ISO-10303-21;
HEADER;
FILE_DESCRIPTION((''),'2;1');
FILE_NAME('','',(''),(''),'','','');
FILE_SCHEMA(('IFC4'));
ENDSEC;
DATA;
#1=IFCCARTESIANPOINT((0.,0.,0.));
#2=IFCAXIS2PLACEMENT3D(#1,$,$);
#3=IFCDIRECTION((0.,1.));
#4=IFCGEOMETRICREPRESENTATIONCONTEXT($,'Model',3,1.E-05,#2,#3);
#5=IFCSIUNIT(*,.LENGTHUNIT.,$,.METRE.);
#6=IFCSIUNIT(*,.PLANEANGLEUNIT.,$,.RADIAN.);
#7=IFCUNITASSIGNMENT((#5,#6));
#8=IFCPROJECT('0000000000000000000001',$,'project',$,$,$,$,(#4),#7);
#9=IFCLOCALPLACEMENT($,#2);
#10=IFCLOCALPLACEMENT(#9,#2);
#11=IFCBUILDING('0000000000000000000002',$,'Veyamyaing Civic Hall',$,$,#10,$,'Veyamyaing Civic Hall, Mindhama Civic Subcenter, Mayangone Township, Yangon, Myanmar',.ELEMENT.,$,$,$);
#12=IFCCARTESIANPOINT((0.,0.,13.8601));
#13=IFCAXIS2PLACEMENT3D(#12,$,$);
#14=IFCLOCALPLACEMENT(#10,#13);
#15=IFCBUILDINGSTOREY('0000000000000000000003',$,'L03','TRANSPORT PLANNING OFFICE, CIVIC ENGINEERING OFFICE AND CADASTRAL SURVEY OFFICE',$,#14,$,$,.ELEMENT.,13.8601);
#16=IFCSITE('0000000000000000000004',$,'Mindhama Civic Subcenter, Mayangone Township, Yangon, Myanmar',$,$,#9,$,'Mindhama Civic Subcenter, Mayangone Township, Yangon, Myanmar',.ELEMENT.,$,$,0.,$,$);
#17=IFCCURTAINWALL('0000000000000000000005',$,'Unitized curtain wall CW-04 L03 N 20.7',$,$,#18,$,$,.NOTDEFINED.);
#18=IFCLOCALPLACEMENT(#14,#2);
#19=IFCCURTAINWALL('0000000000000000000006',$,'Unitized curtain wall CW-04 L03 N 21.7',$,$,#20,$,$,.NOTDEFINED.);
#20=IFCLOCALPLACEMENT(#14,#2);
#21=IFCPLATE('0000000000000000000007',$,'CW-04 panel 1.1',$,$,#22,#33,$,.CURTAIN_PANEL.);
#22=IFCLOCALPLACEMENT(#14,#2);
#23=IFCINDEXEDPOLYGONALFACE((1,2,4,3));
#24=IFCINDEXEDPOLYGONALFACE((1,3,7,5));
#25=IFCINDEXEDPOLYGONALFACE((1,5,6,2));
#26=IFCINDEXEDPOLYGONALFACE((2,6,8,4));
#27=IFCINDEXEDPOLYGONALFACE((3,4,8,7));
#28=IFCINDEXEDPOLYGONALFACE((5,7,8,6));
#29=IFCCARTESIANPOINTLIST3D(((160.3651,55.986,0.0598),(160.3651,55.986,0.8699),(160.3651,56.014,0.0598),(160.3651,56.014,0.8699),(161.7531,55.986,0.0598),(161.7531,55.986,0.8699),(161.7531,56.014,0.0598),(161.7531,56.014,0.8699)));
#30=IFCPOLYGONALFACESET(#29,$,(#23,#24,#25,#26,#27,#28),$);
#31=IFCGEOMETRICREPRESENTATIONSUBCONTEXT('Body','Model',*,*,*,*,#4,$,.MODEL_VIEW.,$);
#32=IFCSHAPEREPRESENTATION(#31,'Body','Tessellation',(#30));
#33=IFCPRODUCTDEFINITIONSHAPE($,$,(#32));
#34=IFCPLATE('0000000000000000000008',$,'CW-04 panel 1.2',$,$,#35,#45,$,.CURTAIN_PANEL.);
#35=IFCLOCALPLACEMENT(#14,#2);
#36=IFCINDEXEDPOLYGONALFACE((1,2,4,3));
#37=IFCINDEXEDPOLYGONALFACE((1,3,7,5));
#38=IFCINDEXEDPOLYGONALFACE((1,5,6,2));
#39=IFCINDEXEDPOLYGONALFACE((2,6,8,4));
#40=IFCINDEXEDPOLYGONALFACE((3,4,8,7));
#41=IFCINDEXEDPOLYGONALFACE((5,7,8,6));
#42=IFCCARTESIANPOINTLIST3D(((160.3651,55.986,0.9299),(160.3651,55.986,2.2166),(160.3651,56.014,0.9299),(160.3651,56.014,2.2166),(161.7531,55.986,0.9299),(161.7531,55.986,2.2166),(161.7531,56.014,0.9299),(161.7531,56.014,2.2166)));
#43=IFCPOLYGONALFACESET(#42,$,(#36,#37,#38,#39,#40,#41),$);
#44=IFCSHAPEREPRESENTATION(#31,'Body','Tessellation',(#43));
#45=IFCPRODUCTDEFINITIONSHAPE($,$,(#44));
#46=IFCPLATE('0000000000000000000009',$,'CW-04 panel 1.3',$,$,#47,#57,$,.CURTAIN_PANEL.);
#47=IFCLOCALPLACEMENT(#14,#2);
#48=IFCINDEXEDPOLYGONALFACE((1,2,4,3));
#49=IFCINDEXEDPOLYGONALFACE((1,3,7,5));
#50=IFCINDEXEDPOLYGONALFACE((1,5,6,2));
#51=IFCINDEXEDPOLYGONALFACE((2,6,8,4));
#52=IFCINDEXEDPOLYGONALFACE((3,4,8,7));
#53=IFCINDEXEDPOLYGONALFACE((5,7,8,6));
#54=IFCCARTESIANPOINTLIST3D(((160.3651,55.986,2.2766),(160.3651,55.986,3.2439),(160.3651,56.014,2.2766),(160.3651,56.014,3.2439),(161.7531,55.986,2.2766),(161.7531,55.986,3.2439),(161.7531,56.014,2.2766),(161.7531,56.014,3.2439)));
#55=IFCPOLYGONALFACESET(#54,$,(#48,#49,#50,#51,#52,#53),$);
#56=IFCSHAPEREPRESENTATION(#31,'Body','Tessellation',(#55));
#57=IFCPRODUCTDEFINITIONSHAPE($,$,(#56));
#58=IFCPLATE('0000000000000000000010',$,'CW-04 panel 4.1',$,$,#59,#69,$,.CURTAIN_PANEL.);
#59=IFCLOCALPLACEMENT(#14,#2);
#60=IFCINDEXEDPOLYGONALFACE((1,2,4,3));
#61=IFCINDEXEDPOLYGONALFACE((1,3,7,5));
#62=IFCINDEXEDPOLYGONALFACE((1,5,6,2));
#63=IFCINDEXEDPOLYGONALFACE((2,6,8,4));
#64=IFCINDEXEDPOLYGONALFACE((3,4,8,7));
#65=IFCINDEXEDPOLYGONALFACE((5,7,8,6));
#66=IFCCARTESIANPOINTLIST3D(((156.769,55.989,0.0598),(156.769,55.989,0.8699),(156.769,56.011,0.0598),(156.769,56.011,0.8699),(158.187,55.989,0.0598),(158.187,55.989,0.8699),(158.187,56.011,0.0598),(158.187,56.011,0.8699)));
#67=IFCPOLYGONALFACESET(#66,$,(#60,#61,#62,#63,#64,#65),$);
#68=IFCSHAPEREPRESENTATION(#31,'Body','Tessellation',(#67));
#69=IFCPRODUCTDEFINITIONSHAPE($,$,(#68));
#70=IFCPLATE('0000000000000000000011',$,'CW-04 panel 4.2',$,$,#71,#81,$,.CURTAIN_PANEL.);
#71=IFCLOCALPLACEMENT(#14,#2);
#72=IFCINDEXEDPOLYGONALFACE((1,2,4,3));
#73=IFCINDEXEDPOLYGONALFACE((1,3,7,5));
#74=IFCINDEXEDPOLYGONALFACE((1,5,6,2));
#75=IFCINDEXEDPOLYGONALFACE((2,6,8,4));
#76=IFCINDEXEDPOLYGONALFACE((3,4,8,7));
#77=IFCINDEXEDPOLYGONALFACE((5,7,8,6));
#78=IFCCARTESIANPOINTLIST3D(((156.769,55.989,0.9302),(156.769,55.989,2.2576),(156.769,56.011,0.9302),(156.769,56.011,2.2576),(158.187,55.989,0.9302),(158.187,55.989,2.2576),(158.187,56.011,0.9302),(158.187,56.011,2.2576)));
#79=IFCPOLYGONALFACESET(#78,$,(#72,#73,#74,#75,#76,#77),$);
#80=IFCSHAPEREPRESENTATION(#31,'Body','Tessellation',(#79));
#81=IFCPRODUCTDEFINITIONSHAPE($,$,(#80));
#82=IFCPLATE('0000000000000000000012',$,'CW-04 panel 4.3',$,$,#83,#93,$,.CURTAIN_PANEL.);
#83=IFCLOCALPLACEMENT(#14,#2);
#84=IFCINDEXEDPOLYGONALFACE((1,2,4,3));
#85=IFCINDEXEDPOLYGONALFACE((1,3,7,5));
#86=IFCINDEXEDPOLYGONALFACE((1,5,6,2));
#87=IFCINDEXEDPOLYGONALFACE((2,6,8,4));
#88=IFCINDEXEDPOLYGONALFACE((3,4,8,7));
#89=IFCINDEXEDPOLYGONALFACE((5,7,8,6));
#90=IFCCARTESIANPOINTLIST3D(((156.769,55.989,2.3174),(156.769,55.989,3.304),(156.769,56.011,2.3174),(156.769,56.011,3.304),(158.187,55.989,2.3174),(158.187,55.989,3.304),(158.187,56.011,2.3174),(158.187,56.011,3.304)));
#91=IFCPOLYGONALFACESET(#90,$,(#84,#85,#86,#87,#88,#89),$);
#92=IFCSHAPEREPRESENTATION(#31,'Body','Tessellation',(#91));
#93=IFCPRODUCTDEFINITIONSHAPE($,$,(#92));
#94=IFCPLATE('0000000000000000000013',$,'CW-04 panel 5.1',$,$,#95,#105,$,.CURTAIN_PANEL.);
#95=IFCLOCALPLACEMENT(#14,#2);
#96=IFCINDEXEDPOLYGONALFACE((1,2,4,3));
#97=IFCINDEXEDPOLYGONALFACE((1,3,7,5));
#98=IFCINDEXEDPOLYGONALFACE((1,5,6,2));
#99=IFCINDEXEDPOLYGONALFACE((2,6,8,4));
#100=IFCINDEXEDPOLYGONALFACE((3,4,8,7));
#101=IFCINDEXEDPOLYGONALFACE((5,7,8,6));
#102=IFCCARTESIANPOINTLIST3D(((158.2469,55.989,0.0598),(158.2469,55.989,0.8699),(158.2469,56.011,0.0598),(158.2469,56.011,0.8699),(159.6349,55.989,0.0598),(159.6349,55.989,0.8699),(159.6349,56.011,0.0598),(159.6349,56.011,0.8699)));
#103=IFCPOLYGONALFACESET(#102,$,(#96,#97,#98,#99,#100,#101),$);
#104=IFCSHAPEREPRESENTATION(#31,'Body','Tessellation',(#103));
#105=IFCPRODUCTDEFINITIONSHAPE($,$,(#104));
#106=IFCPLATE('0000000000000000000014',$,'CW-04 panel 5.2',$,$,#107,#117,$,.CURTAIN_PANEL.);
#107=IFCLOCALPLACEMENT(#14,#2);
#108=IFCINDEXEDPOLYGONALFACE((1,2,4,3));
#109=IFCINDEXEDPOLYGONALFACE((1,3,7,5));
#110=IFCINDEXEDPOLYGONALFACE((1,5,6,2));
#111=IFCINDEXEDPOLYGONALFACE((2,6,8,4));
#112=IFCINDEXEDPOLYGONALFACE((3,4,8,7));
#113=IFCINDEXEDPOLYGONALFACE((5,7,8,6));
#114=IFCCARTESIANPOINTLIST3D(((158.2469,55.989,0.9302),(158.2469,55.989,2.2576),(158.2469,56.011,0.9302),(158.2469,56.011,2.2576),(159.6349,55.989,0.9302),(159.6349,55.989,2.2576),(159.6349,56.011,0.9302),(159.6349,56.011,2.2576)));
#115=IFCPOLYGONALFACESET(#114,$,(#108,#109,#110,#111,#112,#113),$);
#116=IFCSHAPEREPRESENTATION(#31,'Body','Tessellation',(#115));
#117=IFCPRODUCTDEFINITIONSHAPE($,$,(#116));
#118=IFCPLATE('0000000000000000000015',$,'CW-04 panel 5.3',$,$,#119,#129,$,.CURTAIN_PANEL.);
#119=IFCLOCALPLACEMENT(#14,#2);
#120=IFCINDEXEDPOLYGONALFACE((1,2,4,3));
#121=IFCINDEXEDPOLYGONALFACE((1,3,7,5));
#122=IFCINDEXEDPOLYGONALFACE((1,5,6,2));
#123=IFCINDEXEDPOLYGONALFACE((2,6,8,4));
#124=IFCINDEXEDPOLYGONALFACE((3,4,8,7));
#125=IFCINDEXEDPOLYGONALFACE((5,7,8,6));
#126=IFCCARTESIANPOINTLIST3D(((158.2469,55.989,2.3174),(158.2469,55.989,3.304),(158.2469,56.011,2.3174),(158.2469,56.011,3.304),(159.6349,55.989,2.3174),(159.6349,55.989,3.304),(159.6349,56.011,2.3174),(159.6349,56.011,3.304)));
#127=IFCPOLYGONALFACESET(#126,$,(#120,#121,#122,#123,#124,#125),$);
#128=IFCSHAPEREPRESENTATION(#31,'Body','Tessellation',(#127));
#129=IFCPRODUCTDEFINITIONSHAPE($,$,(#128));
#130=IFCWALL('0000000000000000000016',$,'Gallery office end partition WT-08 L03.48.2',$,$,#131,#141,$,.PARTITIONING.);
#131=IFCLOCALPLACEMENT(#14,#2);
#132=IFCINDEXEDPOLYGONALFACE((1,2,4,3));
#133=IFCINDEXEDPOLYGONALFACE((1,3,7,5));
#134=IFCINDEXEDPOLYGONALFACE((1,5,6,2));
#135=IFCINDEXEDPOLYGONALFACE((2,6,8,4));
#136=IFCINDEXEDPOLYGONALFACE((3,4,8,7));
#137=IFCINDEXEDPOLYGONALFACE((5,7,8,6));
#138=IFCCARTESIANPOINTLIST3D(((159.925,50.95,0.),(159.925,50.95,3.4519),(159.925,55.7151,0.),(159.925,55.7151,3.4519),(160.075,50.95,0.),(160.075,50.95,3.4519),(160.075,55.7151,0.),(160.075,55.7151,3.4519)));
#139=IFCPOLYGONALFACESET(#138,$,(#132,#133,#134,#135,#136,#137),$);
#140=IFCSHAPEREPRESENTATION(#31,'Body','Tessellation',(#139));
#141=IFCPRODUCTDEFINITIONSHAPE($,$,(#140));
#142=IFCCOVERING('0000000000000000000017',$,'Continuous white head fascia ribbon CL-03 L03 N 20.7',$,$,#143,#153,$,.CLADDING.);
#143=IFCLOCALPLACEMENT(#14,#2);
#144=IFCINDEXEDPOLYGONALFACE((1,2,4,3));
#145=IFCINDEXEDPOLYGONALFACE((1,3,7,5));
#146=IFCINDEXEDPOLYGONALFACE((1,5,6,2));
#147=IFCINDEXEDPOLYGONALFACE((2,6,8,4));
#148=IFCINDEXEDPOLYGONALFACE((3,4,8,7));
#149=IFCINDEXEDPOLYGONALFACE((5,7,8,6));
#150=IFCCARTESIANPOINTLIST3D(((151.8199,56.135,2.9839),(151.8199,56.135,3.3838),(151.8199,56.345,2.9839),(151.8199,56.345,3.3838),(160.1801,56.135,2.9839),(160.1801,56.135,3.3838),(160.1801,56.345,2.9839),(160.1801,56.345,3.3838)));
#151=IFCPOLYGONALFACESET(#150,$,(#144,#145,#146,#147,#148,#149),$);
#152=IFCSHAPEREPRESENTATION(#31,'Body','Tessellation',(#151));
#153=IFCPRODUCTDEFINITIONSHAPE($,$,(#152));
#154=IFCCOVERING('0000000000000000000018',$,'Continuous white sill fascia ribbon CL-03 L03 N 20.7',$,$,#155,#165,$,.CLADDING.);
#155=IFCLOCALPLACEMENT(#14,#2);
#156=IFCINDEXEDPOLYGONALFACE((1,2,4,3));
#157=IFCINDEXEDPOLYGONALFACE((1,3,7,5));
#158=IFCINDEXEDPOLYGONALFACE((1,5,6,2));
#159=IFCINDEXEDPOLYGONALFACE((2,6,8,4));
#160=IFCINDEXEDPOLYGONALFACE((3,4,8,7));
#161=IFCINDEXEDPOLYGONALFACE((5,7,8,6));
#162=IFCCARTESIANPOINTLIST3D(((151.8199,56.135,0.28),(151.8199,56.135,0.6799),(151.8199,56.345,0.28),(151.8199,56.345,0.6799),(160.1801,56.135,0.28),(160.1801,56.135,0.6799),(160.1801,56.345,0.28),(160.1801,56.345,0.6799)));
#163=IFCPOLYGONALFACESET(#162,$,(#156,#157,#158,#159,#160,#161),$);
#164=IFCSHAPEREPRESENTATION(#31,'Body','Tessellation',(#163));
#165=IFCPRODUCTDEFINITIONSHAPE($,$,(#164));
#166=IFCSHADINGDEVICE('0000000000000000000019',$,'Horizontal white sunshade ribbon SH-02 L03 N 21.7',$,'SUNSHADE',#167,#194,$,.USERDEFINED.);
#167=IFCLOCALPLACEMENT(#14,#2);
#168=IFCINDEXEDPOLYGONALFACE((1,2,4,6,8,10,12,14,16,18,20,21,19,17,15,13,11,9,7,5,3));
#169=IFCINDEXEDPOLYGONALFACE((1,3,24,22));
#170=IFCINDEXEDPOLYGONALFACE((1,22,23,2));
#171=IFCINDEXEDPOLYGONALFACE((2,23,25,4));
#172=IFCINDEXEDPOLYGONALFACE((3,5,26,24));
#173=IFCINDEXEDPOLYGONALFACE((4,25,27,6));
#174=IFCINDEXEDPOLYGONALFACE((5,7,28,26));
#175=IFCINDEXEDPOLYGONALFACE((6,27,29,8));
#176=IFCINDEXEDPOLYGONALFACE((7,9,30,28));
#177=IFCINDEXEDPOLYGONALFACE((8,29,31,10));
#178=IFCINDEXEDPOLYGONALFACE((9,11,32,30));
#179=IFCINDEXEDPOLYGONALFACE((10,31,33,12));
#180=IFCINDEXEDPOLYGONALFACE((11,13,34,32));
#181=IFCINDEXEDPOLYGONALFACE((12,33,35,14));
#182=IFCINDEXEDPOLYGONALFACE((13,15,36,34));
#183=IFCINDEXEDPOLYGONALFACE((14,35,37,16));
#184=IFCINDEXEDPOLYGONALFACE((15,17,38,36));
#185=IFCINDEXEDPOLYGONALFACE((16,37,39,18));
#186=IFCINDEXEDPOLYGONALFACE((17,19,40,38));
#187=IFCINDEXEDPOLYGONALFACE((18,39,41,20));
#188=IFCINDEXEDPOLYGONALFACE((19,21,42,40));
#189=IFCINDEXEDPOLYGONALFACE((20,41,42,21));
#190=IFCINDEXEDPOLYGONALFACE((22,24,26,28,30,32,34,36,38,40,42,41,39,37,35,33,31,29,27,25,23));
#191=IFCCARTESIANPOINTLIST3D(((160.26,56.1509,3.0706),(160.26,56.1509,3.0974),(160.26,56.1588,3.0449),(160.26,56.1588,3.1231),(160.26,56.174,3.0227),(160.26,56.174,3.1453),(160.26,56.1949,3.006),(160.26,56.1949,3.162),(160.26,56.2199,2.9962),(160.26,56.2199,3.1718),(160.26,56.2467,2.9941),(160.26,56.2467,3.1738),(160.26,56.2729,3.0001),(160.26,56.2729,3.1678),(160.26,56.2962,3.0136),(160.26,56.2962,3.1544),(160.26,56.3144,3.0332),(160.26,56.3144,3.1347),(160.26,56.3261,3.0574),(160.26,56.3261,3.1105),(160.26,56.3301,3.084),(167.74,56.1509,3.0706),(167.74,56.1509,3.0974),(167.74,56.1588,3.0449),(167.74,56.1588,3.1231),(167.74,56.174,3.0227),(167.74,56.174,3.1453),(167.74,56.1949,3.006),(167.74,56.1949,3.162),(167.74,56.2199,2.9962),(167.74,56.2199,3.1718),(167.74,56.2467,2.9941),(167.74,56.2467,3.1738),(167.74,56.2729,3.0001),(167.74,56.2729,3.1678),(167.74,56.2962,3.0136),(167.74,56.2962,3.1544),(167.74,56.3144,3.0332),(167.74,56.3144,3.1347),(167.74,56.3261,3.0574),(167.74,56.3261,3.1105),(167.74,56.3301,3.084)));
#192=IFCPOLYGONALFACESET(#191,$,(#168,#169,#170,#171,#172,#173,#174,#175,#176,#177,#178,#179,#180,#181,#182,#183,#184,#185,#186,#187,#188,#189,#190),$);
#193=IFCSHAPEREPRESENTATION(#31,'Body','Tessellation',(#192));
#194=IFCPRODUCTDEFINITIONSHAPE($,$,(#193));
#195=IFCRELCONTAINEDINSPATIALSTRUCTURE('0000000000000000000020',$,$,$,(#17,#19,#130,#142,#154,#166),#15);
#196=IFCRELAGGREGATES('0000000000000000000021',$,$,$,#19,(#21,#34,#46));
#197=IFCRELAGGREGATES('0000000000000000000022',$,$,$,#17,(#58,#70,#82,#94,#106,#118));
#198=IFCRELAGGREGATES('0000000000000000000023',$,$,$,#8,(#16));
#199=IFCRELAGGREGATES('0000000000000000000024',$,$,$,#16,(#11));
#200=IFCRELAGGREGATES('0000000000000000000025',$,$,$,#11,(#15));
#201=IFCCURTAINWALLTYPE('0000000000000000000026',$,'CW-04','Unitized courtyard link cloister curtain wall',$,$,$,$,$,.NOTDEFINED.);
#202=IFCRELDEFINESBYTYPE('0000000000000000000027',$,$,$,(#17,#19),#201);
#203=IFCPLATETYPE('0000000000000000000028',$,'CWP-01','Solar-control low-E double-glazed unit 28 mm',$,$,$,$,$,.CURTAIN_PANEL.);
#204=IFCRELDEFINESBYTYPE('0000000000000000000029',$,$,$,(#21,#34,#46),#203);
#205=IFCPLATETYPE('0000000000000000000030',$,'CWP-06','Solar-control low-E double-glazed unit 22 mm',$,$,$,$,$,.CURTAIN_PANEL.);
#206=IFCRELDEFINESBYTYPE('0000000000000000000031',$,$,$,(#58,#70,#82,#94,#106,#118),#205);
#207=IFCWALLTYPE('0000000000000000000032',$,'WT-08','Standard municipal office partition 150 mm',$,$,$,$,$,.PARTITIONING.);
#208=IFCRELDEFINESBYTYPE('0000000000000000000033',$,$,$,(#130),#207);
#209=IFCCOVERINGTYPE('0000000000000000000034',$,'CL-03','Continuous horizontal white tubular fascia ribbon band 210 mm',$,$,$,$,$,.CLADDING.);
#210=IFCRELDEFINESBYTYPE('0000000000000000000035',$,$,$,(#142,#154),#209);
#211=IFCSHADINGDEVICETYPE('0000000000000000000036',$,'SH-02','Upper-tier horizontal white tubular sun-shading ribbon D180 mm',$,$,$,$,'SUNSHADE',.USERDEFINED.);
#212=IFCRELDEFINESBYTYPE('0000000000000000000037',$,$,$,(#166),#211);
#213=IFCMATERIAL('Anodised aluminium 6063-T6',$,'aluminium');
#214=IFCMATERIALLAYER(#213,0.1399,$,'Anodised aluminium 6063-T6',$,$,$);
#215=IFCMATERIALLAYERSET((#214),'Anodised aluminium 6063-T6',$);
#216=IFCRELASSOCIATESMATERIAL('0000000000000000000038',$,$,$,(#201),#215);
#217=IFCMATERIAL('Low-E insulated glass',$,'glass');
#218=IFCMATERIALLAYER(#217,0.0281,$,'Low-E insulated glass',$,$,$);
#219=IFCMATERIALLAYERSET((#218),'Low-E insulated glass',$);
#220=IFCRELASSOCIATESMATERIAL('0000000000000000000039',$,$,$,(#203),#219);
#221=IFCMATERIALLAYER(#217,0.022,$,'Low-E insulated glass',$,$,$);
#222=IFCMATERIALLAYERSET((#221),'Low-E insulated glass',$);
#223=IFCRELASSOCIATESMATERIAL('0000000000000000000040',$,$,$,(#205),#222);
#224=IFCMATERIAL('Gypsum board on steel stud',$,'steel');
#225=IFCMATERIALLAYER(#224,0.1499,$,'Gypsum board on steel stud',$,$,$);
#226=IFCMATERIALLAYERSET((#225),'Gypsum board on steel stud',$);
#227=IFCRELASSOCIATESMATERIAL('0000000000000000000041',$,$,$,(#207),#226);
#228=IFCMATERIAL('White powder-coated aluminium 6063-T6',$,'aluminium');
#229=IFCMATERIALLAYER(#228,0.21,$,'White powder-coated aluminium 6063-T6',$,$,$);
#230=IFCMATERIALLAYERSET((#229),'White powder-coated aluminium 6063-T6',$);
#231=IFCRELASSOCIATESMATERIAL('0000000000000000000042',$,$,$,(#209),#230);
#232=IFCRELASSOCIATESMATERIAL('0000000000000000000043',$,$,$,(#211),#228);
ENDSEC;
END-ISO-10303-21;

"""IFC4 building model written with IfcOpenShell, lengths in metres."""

from ifc_helpers import new_model, si_unit, direction, frame, frame_2d, origin, origin_2d, place, context, subcontext, project, spatial, rectangle, circle, extrude, material, layer, layer_set, material_profile, profile_set, type_object, element, aggregate, save


model = new_model("IFC4")

# Units and contexts
model_context = context("Model", 3, precision=1e-05, world=origin(), true_north=direction((0.0, 1.0)))
body_context = subcontext(model_context, "Body", "Model", "MODEL_VIEW")
ifc_project = project(units=[si_unit("LENGTHUNIT", "METRE"), si_unit("PLANEANGLEUNIT", "RADIAN")], contexts=[model_context])

# Site, building, storey
site_placement = place(None, origin())
site = spatial("IfcSite", under=ifc_project, at=site_placement, Name="Mindhama Civic Subcenter, Mayangone Township, Yangon, Myanmar", LongName="Mindhama Civic Subcenter, Mayangone Township, Yangon, Myanmar", CompositionType="ELEMENT", RefElevation=0.0)
building_placement = place(site_placement, origin())
building = spatial("IfcBuilding", under=site, at=building_placement, Name="Veyamyaing Civic Hall", LongName="Veyamyaing Civic Hall, Mindhama Civic Subcenter, Mayangone Township, Yangon, Myanmar", CompositionType="ELEMENT")
storey_placement = place(building_placement, frame((0.0, 0.0, 13.8601)))
storey = spatial("IfcBuildingStorey", under=building, at=storey_placement, Name="L03", Description="TRANSPORT PLANNING OFFICE, CIVIC ENGINEERING OFFICE AND CADASTRAL SURVEY OFFICE", CompositionType="ELEMENT", Elevation=13.8601)

# Curtain walls
ifc_material_1 = material(Name="Anodised aluminium 6063-T6", Category="aluminium")
ifc_layer_1 = layer(ifc_material_1, 0.1399, Name="Anodised aluminium 6063-T6")
ifc_layer_set_1 = layer_set([ifc_layer_1], Name="Anodised aluminium 6063-T6")
curtain_wall_type = type_object("IfcCurtainWallType", Name="CW-04", Description="Unitized courtyard link cloister curtain wall", PredefinedType="NOTDEFINED", material=ifc_layer_set_1)
curtain_wall_1_placement = place(storey_placement, origin())
curtain_wall_1 = element("IfcCurtainWall", 1, at=curtain_wall_1_placement, inside=storey, type_object=curtain_wall_type, Name="Unitized curtain wall CW-04 L03 N 20.7", PredefinedType="NOTDEFINED")
curtain_wall_2_placement = place(storey_placement, origin())
curtain_wall_2 = element("IfcCurtainWall", 2, at=curtain_wall_2_placement, inside=storey, type_object=curtain_wall_type, Name="Unitized curtain wall CW-04 L03 N 21.7", PredefinedType="NOTDEFINED")

# Plates
ifc_material_2 = material(Name="Low-E insulated glass", Category="glass")
ifc_layer_2 = layer(ifc_material_2, 0.0281, Name="Low-E insulated glass")
ifc_layer_set_2 = layer_set([ifc_layer_2], Name="Low-E insulated glass")
plate_type_1 = type_object("IfcPlateType", Name="CWP-01", Description="Solar-control low-E double-glazed unit 28 mm", PredefinedType="CURTAIN_PANEL", material=ifc_layer_set_2)
plate_1_placement = place(storey_placement, frame((161.0591, 56.0, 0.0598), z_axis=(0.0, 0.0, 1.0), x_axis=(1.0, 0.0, 0.0)))
plate_1 = element("IfcPlate", 3, at=plate_1_placement, type_object=plate_type_1, Name="CW-04 panel 1.1", PredefinedType="CURTAIN_PANEL", context=body_context, shape_type="SweptSolid", body=[
    extrude(rectangle(XDim=1.3879, YDim=0.0281, at=origin_2d()), origin(), (0.0, 0.0, 1.0), 0.8101),
])
plate_2_placement = place(storey_placement, frame((161.0591, 56.0, 0.9299), z_axis=(0.0, 0.0, 1.0), x_axis=(1.0, 0.0, 0.0)))
plate_2 = element("IfcPlate", 4, at=plate_2_placement, type_object=plate_type_1, Name="CW-04 panel 1.2", PredefinedType="CURTAIN_PANEL", context=body_context, shape_type="SweptSolid", body=[
    extrude(rectangle(XDim=1.3879, YDim=0.0281, at=origin_2d()), origin(), (0.0, 0.0, 1.0), 1.2866),
])
plate_3_placement = place(storey_placement, frame((161.0591, 56.0, 2.2766), z_axis=(0.0, 0.0, 1.0), x_axis=(1.0, 0.0, 0.0)))
plate_3 = element("IfcPlate", 5, at=plate_3_placement, type_object=plate_type_1, Name="CW-04 panel 1.3", PredefinedType="CURTAIN_PANEL", context=body_context, shape_type="SweptSolid", body=[
    extrude(rectangle(XDim=1.3879, YDim=0.0281, at=origin_2d()), origin(), (0.0, 0.0, 1.0), 0.9673),
])
aggregate(curtain_wall_2, [plate_1, plate_2, plate_3])
ifc_layer_3 = layer(ifc_material_2, 0.022, Name="Low-E insulated glass")
ifc_layer_set_3 = layer_set([ifc_layer_3], Name="Low-E insulated glass")
plate_type_2 = type_object("IfcPlateType", Name="CWP-06", Description="Solar-control low-E double-glazed unit 22 mm", PredefinedType="CURTAIN_PANEL", material=ifc_layer_set_3)
plate_4_placement = place(storey_placement, frame((157.478, 56.0, 0.0598), z_axis=(0.0, 0.0, 1.0), x_axis=(1.0, 0.0, 0.0)))
plate_4 = element("IfcPlate", 6, at=plate_4_placement, type_object=plate_type_2, Name="CW-04 panel 4.1", PredefinedType="CURTAIN_PANEL", context=body_context, shape_type="SweptSolid", body=[
    extrude(rectangle(XDim=1.418, YDim=0.022, at=origin_2d()), origin(), (0.0, 0.0, 1.0), 0.8101),
])
plate_5_placement = place(storey_placement, frame((157.478, 56.0, 0.9302), z_axis=(0.0, 0.0, 1.0), x_axis=(1.0, 0.0, 0.0)))
plate_5 = element("IfcPlate", 7, at=plate_5_placement, type_object=plate_type_2, Name="CW-04 panel 4.2", PredefinedType="CURTAIN_PANEL", context=body_context, shape_type="SweptSolid", body=[
    extrude(rectangle(XDim=1.418, YDim=0.022, at=origin_2d()), origin(), (0.0, 0.0, 1.0), 1.3274),
])
plate_6_placement = place(storey_placement, frame((157.478, 56.0, 2.3174), z_axis=(0.0, 0.0, 1.0), x_axis=(1.0, 0.0, 0.0)))
plate_6 = element("IfcPlate", 8, at=plate_6_placement, type_object=plate_type_2, Name="CW-04 panel 4.3", PredefinedType="CURTAIN_PANEL", context=body_context, shape_type="SweptSolid", body=[
    extrude(rectangle(XDim=1.418, YDim=0.022, at=origin_2d()), origin(), (0.0, 0.0, 1.0), 0.9866),
])
plate_7_placement = place(storey_placement, frame((158.9409, 56.0, 0.0598), z_axis=(0.0, 0.0, 1.0), x_axis=(1.0, 0.0, 0.0)))
plate_7 = element("IfcPlate", 9, at=plate_7_placement, type_object=plate_type_2, Name="CW-04 panel 5.1", PredefinedType="CURTAIN_PANEL", context=body_context, shape_type="SweptSolid", body=[
    extrude(rectangle(XDim=1.3879, YDim=0.022, at=origin_2d()), origin(), (0.0, 0.0, 1.0), 0.8101),
])
plate_8_placement = place(storey_placement, frame((158.9409, 56.0, 0.9302), z_axis=(0.0, 0.0, 1.0), x_axis=(1.0, 0.0, 0.0)))
plate_8 = element("IfcPlate", 10, at=plate_8_placement, type_object=plate_type_2, Name="CW-04 panel 5.2", PredefinedType="CURTAIN_PANEL", context=body_context, shape_type="SweptSolid", body=[
    extrude(rectangle(XDim=1.3879, YDim=0.022, at=origin_2d()), origin(), (0.0, 0.0, 1.0), 1.3274),
])
plate_9_placement = place(storey_placement, frame((158.9409, 56.0, 2.3174), z_axis=(0.0, 0.0, 1.0), x_axis=(1.0, 0.0, 0.0)))
plate_9 = element("IfcPlate", 11, at=plate_9_placement, type_object=plate_type_2, Name="CW-04 panel 5.3", PredefinedType="CURTAIN_PANEL", context=body_context, shape_type="SweptSolid", body=[
    extrude(rectangle(XDim=1.3879, YDim=0.022, at=origin_2d()), origin(), (0.0, 0.0, 1.0), 0.9866),
])
aggregate(curtain_wall_1, [plate_4, plate_5, plate_6, plate_7, plate_8, plate_9])

# Wall
ifc_material_3 = material(Name="Gypsum board on steel stud", Category="steel")
ifc_layer_4 = layer(ifc_material_3, 0.1499, Name="Gypsum board on steel stud")
ifc_layer_set_4 = layer_set([ifc_layer_4], Name="Gypsum board on steel stud")
wall_type = type_object("IfcWallType", Name="WT-08", Description="Standard municipal office partition 150 mm", PredefinedType="PARTITIONING", material=ifc_layer_set_4)
wall_placement = place(storey_placement, frame((160.0, 50.95, 0.0), z_axis=(0.0, 0.0, 1.0), x_axis=(0.0, 1.0, 0.0)))
element("IfcWall", 12, at=wall_placement, inside=storey, type_object=wall_type, Name="Gallery office end partition WT-08 L03.48.2", PredefinedType="PARTITIONING", context=body_context, shape_type="SweptSolid", body=[
    extrude(rectangle(XDim=4.7651, YDim=0.1499, at=frame_2d((2.3826, 0.0))), origin(), (0.0, 0.0, 1.0), 3.4519),
])

# Coverings
ifc_material_4 = material(Name="White powder-coated aluminium 6063-T6", Category="aluminium")
ifc_layer_5 = layer(ifc_material_4, 0.21, Name="White powder-coated aluminium 6063-T6")
ifc_layer_set_5 = layer_set([ifc_layer_5], Name="White powder-coated aluminium 6063-T6")
covering_type = type_object("IfcCoveringType", Name="CL-03", Description="Continuous horizontal white tubular fascia ribbon band 210 mm", PredefinedType="CLADDING", material=ifc_layer_set_5)
for number, where, z_axis, x_axis, name in (
    (13, (156.0, 56.24, 2.9839), (0.0, 0.0, 1.0), (1.0, 0.0, 0.0), "Continuous white head fascia ribbon CL-03 L03 N 20.7"),
    (14, (156.0, 56.24, 0.28), (0.0, 0.0, 1.0), (1.0, 0.0, 0.0), "Continuous white sill fascia ribbon CL-03 L03 N 20.7"),
):
    element("IfcCovering", number, at=place(storey_placement, frame(where, z_axis=z_axis, x_axis=x_axis)), inside=storey, type_object=covering_type, Name=name, PredefinedType="CLADDING", context=body_context, shape_type="SweptSolid", body=[
        extrude(rectangle(XDim=8.3601, YDim=0.21, at=origin_2d()), origin(), (0.0, 0.0, 1.0), 0.3999),
    ])

# Shading device
ifc_material_profile_1 = material_profile(ifc_material_4, circle(Radius=0.0901, at=origin_2d()), Name="SHADE-TUBE-180")
ifc_profile_set_1 = profile_set([ifc_material_profile_1], Name="White powder-coated aluminium 6063-T6")
shading_device_type = type_object("IfcShadingDeviceType", Name="SH-02", Description="Upper-tier horizontal white tubular sun-shading ribbon D180 mm", ElementType="SUNSHADE", PredefinedType="USERDEFINED", material=ifc_profile_set_1)
shading_device_placement = place(storey_placement, frame((160.26, 56.24, 3.084), z_axis=(1.0, 0.0, 0.0), x_axis=(0.0, 1.0, 0.0)))
element("IfcShadingDevice", 15, at=shading_device_placement, inside=storey, type_object=shading_device_type, Name="Horizontal white sunshade ribbon SH-02 L03 N 21.7", ObjectType="SUNSHADE", PredefinedType="USERDEFINED", context=body_context, shape_type="SweptSolid", body=[
    extrude(circle(Radius=0.0901, at=origin_2d()), origin(), (0.0, 0.0, 1.0), 7.48),
])

save(model, "model.ifc")
